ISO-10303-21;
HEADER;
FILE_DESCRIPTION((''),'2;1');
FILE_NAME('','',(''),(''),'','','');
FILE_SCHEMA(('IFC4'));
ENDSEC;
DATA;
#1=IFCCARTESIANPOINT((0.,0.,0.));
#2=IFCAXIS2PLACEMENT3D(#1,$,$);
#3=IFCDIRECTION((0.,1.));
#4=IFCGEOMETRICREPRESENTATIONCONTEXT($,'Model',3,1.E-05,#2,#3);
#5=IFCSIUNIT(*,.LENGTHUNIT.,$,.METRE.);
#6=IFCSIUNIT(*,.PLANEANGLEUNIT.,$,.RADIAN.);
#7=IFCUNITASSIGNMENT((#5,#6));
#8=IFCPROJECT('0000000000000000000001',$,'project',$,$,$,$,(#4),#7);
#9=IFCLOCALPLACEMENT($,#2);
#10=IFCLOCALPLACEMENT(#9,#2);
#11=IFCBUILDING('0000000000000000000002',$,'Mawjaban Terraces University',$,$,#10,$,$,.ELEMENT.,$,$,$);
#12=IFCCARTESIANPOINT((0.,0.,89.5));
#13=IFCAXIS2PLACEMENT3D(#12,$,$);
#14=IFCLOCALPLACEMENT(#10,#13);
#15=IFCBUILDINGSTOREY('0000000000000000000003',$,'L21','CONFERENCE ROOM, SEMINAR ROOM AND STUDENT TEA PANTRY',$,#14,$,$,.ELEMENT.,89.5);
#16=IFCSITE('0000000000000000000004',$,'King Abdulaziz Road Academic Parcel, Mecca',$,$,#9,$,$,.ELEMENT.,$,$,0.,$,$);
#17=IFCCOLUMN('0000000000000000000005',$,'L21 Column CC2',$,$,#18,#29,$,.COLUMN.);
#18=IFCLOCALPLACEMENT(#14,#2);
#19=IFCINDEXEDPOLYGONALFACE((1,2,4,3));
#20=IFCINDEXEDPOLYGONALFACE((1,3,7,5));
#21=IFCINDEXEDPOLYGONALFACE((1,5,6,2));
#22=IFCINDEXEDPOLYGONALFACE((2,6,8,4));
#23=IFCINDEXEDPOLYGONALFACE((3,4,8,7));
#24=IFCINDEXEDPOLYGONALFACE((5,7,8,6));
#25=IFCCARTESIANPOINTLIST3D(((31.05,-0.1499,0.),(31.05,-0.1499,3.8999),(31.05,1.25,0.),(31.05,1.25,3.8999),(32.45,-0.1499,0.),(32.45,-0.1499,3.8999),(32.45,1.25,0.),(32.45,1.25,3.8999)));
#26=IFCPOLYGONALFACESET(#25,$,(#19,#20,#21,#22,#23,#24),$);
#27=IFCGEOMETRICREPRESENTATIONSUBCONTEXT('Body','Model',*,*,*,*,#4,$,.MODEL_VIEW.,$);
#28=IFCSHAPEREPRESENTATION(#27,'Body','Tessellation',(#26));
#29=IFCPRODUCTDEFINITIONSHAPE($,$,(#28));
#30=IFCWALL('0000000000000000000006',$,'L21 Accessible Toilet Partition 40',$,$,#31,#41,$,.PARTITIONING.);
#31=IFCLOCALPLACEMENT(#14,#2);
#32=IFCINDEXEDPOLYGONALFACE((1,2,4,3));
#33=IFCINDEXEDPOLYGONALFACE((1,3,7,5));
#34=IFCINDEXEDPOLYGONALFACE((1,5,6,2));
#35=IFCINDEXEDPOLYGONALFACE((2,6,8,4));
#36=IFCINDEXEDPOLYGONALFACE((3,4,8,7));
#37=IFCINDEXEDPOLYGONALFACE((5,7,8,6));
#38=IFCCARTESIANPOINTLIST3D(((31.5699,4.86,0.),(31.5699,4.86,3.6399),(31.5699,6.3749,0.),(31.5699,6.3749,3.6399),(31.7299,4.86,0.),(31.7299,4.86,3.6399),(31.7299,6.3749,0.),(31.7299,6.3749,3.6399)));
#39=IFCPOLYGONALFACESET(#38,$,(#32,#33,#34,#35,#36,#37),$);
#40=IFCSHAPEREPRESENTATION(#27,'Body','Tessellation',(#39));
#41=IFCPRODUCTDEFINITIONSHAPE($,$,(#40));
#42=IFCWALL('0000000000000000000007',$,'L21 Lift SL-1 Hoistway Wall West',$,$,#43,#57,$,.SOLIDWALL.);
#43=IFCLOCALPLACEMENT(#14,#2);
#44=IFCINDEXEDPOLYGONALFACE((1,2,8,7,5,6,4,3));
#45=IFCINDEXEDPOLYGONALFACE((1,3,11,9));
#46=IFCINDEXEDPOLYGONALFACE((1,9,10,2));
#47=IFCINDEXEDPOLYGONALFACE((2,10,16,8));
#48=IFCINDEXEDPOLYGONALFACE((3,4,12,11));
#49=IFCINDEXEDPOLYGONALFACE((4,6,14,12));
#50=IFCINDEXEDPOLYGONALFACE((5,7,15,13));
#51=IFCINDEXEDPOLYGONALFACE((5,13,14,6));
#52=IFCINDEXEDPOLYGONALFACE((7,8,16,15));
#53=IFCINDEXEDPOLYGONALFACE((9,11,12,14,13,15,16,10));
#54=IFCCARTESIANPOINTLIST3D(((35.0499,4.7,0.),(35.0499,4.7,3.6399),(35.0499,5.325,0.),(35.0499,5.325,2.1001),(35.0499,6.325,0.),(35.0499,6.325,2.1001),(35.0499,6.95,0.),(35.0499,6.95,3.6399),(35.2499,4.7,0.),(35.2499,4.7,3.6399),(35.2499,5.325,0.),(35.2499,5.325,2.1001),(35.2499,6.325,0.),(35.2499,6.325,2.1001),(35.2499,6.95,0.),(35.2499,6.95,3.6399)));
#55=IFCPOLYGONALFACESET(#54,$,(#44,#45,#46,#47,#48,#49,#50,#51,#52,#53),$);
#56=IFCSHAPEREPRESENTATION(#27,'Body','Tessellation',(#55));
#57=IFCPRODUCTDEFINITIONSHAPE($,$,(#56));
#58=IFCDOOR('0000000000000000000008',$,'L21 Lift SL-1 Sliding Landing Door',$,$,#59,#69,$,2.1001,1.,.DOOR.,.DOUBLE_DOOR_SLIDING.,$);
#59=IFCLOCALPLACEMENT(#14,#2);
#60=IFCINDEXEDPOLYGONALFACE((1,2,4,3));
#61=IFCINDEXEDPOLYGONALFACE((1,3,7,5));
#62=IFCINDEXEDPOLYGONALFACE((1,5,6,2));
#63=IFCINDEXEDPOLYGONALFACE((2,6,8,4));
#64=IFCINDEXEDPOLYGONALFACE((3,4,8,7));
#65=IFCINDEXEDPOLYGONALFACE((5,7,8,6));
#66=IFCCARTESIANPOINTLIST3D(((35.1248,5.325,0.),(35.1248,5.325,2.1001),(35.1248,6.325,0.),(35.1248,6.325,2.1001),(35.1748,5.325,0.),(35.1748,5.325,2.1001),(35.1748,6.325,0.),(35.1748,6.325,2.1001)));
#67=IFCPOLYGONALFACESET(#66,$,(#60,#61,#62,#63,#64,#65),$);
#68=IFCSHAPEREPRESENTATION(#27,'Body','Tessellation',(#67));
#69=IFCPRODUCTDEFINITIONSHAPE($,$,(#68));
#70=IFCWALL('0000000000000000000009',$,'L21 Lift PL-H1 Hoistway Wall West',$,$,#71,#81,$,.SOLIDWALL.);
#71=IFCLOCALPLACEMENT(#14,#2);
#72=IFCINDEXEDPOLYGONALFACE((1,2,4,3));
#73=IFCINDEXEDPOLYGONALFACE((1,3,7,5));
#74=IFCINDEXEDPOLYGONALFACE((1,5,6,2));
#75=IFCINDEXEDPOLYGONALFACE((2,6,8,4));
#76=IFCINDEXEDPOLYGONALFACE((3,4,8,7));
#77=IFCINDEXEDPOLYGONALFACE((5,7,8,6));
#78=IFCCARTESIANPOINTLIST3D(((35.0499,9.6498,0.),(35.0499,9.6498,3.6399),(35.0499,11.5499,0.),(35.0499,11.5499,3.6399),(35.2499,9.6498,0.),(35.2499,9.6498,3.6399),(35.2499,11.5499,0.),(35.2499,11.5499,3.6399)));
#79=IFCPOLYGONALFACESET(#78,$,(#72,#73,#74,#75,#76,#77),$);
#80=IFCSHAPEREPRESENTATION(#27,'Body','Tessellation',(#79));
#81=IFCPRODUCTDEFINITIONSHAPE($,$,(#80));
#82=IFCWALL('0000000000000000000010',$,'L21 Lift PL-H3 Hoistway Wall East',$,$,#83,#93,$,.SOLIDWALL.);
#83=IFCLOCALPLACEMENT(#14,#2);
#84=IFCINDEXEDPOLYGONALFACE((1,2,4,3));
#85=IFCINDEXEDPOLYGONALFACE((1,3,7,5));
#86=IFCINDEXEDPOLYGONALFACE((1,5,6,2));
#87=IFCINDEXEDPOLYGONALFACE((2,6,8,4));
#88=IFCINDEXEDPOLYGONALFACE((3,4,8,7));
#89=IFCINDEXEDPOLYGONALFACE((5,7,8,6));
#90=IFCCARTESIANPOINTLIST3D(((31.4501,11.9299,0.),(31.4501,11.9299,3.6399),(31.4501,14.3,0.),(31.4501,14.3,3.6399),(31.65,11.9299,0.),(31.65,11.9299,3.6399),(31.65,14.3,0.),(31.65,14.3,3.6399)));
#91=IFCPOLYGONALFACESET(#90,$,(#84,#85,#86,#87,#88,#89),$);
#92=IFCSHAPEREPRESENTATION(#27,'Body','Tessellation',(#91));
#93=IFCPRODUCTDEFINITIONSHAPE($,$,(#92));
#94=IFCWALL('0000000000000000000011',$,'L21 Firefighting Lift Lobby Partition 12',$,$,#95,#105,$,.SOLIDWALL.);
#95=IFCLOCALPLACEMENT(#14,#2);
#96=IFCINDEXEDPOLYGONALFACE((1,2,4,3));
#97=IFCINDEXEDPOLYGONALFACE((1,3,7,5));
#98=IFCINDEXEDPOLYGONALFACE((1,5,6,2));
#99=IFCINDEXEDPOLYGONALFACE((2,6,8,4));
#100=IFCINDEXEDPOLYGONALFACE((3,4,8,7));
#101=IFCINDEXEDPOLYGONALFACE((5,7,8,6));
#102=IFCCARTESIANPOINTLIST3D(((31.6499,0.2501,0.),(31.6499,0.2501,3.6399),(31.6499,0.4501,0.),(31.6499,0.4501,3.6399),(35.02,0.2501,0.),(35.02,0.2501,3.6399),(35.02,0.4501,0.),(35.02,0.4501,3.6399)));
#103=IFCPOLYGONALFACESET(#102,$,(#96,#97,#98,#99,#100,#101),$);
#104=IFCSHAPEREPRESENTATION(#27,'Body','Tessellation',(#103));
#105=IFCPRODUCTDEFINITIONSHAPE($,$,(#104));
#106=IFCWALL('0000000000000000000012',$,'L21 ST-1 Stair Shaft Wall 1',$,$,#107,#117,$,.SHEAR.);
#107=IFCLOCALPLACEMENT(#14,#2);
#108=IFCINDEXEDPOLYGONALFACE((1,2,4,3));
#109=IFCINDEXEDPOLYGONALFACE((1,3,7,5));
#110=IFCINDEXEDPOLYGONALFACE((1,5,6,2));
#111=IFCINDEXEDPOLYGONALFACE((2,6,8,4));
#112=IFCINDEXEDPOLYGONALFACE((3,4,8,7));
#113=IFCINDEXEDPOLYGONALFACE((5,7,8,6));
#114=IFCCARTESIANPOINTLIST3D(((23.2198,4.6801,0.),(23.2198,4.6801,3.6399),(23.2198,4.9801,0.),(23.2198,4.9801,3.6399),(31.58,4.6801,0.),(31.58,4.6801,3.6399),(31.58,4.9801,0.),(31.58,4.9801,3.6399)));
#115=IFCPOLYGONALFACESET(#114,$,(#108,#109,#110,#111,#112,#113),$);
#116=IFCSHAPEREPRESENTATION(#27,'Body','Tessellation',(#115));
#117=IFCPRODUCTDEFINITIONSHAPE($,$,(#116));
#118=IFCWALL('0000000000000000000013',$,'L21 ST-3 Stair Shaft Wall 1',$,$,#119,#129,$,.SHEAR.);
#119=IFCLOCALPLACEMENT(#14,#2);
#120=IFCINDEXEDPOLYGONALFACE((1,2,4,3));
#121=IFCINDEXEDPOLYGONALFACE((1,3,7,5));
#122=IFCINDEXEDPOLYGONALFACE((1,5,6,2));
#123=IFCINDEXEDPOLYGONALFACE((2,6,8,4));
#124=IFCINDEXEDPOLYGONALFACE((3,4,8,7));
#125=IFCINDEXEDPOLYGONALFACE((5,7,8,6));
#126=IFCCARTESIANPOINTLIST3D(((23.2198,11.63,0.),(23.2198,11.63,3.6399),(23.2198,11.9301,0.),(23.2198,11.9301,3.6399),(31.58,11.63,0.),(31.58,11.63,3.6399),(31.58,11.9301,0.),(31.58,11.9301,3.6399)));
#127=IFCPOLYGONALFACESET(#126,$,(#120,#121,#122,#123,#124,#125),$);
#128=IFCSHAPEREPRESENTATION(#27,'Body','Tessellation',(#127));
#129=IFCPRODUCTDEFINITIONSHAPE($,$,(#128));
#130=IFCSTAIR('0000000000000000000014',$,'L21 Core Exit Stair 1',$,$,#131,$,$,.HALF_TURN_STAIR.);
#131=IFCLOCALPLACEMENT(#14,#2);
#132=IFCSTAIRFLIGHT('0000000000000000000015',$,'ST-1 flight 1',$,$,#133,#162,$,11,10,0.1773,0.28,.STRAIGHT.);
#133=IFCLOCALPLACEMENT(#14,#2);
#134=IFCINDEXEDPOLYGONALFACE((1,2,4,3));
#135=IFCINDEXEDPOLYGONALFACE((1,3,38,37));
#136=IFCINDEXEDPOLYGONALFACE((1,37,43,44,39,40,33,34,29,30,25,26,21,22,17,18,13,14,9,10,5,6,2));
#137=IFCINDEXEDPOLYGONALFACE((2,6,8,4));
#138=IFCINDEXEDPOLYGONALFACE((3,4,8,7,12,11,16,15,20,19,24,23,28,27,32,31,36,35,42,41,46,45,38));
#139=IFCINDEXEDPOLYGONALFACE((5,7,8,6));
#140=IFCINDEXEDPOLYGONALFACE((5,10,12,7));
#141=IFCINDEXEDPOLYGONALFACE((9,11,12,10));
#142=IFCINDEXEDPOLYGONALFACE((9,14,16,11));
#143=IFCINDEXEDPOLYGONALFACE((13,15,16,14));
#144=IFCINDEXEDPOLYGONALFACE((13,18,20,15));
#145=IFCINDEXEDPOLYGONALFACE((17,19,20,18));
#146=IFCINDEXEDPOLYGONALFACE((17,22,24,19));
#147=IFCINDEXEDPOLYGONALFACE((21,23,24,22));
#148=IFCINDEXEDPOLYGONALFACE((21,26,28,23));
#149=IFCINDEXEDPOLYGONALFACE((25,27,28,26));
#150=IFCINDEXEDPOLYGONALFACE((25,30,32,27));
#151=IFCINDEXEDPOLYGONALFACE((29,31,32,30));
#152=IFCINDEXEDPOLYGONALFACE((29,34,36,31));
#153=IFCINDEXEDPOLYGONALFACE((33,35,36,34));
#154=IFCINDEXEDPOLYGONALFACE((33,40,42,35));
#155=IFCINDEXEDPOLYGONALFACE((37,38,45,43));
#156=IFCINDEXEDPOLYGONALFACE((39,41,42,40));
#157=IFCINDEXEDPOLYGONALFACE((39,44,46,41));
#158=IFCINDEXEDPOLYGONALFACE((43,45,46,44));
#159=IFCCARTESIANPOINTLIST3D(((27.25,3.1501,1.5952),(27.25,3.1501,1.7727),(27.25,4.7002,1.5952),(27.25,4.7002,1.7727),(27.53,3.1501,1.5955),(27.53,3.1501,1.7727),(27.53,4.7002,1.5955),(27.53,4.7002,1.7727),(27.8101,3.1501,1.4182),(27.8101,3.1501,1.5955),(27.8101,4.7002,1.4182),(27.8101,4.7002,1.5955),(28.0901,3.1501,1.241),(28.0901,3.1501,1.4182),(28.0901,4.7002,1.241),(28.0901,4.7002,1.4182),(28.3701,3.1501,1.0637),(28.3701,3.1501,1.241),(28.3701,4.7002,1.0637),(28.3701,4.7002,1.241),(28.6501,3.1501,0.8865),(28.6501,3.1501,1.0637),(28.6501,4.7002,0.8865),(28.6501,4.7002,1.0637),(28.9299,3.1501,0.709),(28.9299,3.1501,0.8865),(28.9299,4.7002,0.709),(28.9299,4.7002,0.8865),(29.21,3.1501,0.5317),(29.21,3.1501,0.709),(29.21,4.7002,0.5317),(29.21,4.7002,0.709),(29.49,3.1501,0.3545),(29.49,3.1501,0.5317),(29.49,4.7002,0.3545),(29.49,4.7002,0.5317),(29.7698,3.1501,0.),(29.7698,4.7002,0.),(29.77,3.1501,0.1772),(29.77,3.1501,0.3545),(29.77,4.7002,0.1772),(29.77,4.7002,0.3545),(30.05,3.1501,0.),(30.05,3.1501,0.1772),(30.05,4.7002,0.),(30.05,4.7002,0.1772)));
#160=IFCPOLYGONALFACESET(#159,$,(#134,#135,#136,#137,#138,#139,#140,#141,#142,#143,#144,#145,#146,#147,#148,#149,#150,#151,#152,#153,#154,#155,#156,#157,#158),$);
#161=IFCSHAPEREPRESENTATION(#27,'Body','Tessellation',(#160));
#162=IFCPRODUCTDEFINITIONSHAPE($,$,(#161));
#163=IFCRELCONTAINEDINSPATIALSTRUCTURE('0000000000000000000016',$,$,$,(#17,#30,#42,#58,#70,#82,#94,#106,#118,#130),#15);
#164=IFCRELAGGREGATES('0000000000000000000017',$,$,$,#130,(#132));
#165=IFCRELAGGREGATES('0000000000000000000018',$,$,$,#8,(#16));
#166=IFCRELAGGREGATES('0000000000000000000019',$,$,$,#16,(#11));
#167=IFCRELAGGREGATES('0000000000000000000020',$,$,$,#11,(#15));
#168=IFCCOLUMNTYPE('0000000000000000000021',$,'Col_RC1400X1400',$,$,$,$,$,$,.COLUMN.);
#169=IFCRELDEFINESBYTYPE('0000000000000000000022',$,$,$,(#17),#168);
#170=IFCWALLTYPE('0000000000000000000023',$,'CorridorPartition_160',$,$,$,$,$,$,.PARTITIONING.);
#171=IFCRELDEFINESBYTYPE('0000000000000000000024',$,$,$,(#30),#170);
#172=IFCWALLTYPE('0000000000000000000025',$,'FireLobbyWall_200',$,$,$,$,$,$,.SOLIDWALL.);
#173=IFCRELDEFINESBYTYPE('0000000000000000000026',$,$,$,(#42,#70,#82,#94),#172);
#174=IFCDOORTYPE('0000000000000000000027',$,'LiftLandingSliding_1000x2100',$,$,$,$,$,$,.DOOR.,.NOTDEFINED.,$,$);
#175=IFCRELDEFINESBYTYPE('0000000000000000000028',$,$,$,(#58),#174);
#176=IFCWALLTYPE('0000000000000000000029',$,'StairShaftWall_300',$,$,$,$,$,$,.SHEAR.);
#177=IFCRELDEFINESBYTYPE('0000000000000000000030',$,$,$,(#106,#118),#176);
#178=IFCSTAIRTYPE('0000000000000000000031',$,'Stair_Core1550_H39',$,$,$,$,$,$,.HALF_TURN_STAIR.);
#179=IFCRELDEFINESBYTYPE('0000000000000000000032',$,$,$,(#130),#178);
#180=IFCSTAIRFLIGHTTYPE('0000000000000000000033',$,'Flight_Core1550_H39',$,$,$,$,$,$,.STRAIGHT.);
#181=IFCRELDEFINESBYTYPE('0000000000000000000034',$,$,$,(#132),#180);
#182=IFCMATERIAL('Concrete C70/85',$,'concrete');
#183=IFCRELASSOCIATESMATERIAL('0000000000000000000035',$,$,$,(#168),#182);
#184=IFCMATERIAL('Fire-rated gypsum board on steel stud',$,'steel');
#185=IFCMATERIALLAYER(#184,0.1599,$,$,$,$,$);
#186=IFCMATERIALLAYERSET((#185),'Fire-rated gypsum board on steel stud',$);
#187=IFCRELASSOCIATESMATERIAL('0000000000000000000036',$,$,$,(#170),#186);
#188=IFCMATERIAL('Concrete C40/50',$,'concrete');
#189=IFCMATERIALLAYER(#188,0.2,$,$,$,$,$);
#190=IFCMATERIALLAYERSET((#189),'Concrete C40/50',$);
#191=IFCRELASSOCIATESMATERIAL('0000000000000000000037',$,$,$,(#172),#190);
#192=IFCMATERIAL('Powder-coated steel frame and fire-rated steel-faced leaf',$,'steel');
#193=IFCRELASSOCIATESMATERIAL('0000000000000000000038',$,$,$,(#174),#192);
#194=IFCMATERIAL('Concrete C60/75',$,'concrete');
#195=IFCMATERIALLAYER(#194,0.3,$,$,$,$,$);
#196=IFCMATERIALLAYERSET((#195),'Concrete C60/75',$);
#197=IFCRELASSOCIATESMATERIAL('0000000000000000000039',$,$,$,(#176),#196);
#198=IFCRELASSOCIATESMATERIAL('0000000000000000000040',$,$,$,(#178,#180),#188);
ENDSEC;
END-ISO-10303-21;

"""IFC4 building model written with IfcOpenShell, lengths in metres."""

from ifc_helpers import new_model, si_unit, direction, frame, frame_2d, origin, origin_2d, place, context, subcontext, project, spatial, polyline, rectangle, outline, extrude, material, layer, layer_set, material_profile, profile_set, type_object, element, fill, aggregate, save


model = new_model("IFC4")

# Units and contexts
model_context = context("Model", 3, precision=1e-05, world=origin(), true_north=direction((0.0, 1.0)))
body_context = subcontext(model_context, "Body", "Model", "MODEL_VIEW")
ifc_project = project(units=[si_unit("LENGTHUNIT", "METRE"), si_unit("PLANEANGLEUNIT", "RADIAN")], contexts=[model_context])

# Site, building, storey
site_placement = place(None, origin())
site = spatial("IfcSite", under=ifc_project, at=site_placement, Name="King Abdulaziz Road Academic Parcel, Mecca", CompositionType="ELEMENT", RefElevation=0.0)
building_placement = place(site_placement, origin())
building = spatial("IfcBuilding", under=site, at=building_placement, Name="Mawjaban Terraces University", CompositionType="ELEMENT")
storey_placement = place(building_placement, frame((0.0, 0.0, 89.5)))
storey = spatial("IfcBuildingStorey", under=building, at=storey_placement, Name="L21", Description="CONFERENCE ROOM, SEMINAR ROOM AND STUDENT TEA PANTRY", CompositionType="ELEMENT", Elevation=89.5)

# Column
ifc_material_1 = material(Name="Concrete C70/85", Category="concrete")
ifc_material_profile = material_profile(ifc_material_1, rectangle(XDim=1.3999, YDim=1.3999, at=origin_2d()), Name="RC1400X1400")
ifc_profile_set = profile_set([ifc_material_profile], Name="Concrete C70/85")
column_type = type_object("IfcColumnType", Name="Col_RC1400X1400", PredefinedType="COLUMN", material=ifc_profile_set)
column_placement = place(storey_placement, frame((31.75, 0.55, 0.0), z_axis=(0.0, 0.0, 1.0), x_axis=(1.0, 0.0, 0.0)))
element("IfcColumn", 1, at=column_placement, inside=storey, type_object=column_type, Name="L21 Column CC2", PredefinedType="COLUMN", context=body_context, shape_type="SweptSolid", body=[
    extrude(rectangle(XDim=1.3999, YDim=1.3999, at=origin_2d()), origin(), (0.0, 0.0, 1.0), 3.8999),
])

# Wall
ifc_material_2 = material(Name="Fire-rated gypsum board on steel stud", Category="steel")
ifc_layer_1 = layer(ifc_material_2, 0.1599)
ifc_layer_set_1 = layer_set([ifc_layer_1], Name="Fire-rated gypsum board on steel stud")
wall_type_1 = type_object("IfcWallType", Name="CorridorPartition_160", PredefinedType="PARTITIONING", material=ifc_layer_set_1)
wall_1_placement = place(storey_placement, frame((31.6499, 4.8601, 0.0), z_axis=(0.0, 0.0, 1.0), x_axis=(0.0, 1.0, 0.0)))
element("IfcWall", 2, at=wall_1_placement, inside=storey, type_object=wall_type_1, Name="L21 Accessible Toilet Partition 40", PredefinedType="PARTITIONING", context=body_context, shape_type="SweptSolid", body=[
    extrude(rectangle(XDim=1.5149, YDim=0.1599, at=frame_2d((0.7573, 0.0))), origin(), (0.0, 0.0, 1.0), 3.6399),
])

# Wall, opening, door
ifc_material_3 = material(Name="Concrete C40/50", Category="concrete")
ifc_layer_2 = layer(ifc_material_3, 0.2)
ifc_layer_set_2 = layer_set([ifc_layer_2], Name="Concrete C40/50")
wall_type_2 = type_object("IfcWallType", Name="FireLobbyWall_200", PredefinedType="SOLIDWALL", material=ifc_layer_set_2)
ifc_material_4 = material(Name="Powder-coated steel frame and fire-rated steel-faced leaf", Category="steel")
wall_2_placement = place(storey_placement, frame((35.1499, 6.95, 0.0), z_axis=(0.0, 0.0, 1.0), x_axis=(0.0, -1.0, 0.0)))
wall_2 = element("IfcWall", 3, at=wall_2_placement, inside=storey, type_object=wall_type_2, Name="L21 Lift SL-1 Hoistway Wall West", PredefinedType="SOLIDWALL", context=body_context, shape_type="SweptSolid", body=[
    extrude(rectangle(XDim=2.25, YDim=0.2, at=frame_2d((1.125, 0.0))), origin(), (0.0, 0.0, 1.0), 3.6399),
])
opening_1_placement = place(wall_2_placement, frame((0.625, 0.0, 0.0)))
opening_1 = element("IfcOpeningElement", 4, at=opening_1_placement, cuts=wall_2, PredefinedType="OPENING", context=body_context, shape_type="SweptSolid", body=[
    extrude(rectangle(XDim=1.0, YDim=2.1001, at=frame_2d((0.5, 1.05))), frame((0.0, 0.1099, 0.0), z_axis=(0.0, -1.0, 0.0), x_axis=(1.0, 0.0, 0.0)), (0.0, 0.0, 1.0), 0.22),
])
door_type_1 = type_object("IfcDoorType", Name="LiftLandingSliding_1000x2100", OperationType="NOTDEFINED", PredefinedType="DOOR", material=ifc_material_4)
door_1_placement = place(opening_1_placement, origin())
door_1 = element("IfcDoor", 5, at=door_1_placement, inside=storey, type_object=door_type_1, Name="L21 Lift SL-1 Sliding Landing Door", OperationType="DOUBLE_DOOR_SLIDING", OverallHeight=2.1001, OverallWidth=1.0, PredefinedType="DOOR", context=body_context, shape_type="SweptSolid", body=[
    extrude(rectangle(XDim=1.0, YDim=2.1001, at=frame_2d((0.5, 1.05))), frame((0.0, 0.0249, 0.0), z_axis=(0.0, -1.0, 0.0), x_axis=(1.0, 0.0, 0.0)), (0.0, 0.0, 1.0), 0.05),
])
fill(opening_1, door_1)

# Walls
wall_3_placement = place(storey_placement, frame((35.1499, 11.55, 0.0), z_axis=(0.0, 0.0, 1.0), x_axis=(0.0, -1.0, 0.0)))
element("IfcWall", 6, at=wall_3_placement, inside=storey, type_object=wall_type_2, Name="L21 Lift PL-H1 Hoistway Wall West", PredefinedType="SOLIDWALL", context=body_context, shape_type="SweptSolid", body=[
    extrude(rectangle(XDim=1.9001, YDim=0.2, at=frame_2d((0.9502, 0.0))), origin(), (0.0, 0.0, 1.0), 3.6399),
])
wall_4_placement = place(storey_placement, frame((31.55, 11.9299, 0.0), z_axis=(0.0, 0.0, 1.0), x_axis=(0.0, 1.0, 0.0)))
element("IfcWall", 7, at=wall_4_placement, inside=storey, type_object=wall_type_2, Name="L21 Lift PL-H3 Hoistway Wall East", PredefinedType="SOLIDWALL", context=body_context, shape_type="SweptSolid", body=[
    extrude(rectangle(XDim=2.3701, YDim=0.2, at=frame_2d((1.1851, 0.0))), origin(), (0.0, 0.0, 1.0), 3.6399),
])
wall_5_placement = place(storey_placement, frame((31.6499, 0.3501, 0.0), z_axis=(0.0, 0.0, 1.0), x_axis=(1.0, 0.0, 0.0)))
element("IfcWall", 8, at=wall_5_placement, inside=storey, type_object=wall_type_2, Name="L21 Firefighting Lift Lobby Partition 12", PredefinedType="SOLIDWALL", context=body_context, shape_type="SweptSolid", body=[
    extrude(rectangle(XDim=3.3701, YDim=0.2, at=frame_2d((1.6851, 0.0))), origin(), (0.0, 0.0, 1.0), 3.6399),
])

# Wall
ifc_material_5 = material(Name="Concrete C60/75", Category="concrete")
ifc_layer_3 = layer(ifc_material_5, 0.3)
ifc_layer_set_3 = layer_set([ifc_layer_3], Name="Concrete C60/75")
wall_type_3 = type_object("IfcWallType", Name="StairShaftWall_300", PredefinedType="SHEAR", material=ifc_layer_set_3)
wall_6_placement = place(storey_placement, frame((31.5801, 4.8301, 0.0), z_axis=(0.0, 0.0, 1.0), x_axis=(-1.0, 0.0, 0.0)))
element("IfcWall", 9, at=wall_6_placement, inside=storey, type_object=wall_type_3, Name="L21 ST-1 Stair Shaft Wall 1", PredefinedType="SHEAR", context=body_context, shape_type="SweptSolid", body=[
    extrude(rectangle(XDim=8.3601, YDim=0.3, at=frame_2d((4.1802, 0.0))), origin(), (0.0, 0.0, 1.0), 3.6399),
])

# Wall
wall_7_placement = place(storey_placement, frame((31.5801, 11.78, 0.0), z_axis=(0.0, 0.0, 1.0), x_axis=(-1.0, 0.0, 0.0)))
element("IfcWall", 10, at=wall_7_placement, inside=storey, type_object=wall_type_3, Name="L21 ST-3 Stair Shaft Wall 1", PredefinedType="SHEAR", context=body_context, shape_type="SweptSolid", body=[
    extrude(rectangle(XDim=8.3601, YDim=0.3, at=frame_2d((4.1802, 0.0))), origin(), (0.0, 0.0, 1.0), 3.6399),
])

# Stair, stair flight
stair_type = type_object("IfcStairType", Name="Stair_Core1550_H39", PredefinedType="HALF_TURN_STAIR", material=ifc_material_3)
stair_1_placement = place(storey_placement, origin())
stair_1 = element("IfcStair", 11, at=stair_1_placement, inside=storey, type_object=stair_type, Name="L21 Core Exit Stair 1", PredefinedType="HALF_TURN_STAIR")
stair_flight_type = type_object("IfcStairFlightType", Name="Flight_Core1550_H39", PredefinedType="STRAIGHT", material=ifc_material_3)
stair_flight_1_placement = place(storey_placement, frame((30.05, 3.925, 0.0), z_axis=(0.0, 0.0, 1.0), x_axis=(-1.0, 0.0, 0.0)))
stair_flight_1 = element("IfcStairFlight", 12, at=stair_flight_1_placement, type_object=stair_flight_type, Name="ST-1 flight 1", NumberOfRisers=11, NumberOfTreads=10, PredefinedType="STRAIGHT", RiserHeight=0.1773, TreadLength=0.28, context=body_context, shape_type="SweptSolid", body=[
    extrude(outline(polyline([(0.0, 0.0), (0.0, 0.1772), (0.28, 0.1772), (0.28, 0.3545), (0.5601, 0.3545), (0.5601, 0.5317), (0.8401, 0.5317), (0.8401, 0.709), (1.1201, 0.709), (1.1201, 0.8865), (1.3999, 0.8865), (1.3999, 1.0637), (1.6799, 1.0637), (1.6799, 1.241), (1.96, 1.241), (1.96, 1.4182), (2.24, 1.4182), (2.24, 1.5955), (2.52, 1.5955), (2.52, 1.7727), (2.8, 1.7727), (2.8, 1.95), (2.8, 1.5952), (0.2803, 0.0), (0.0, 0.0)])), frame((0.0, 0.7749, 0.0), z_axis=(0.0, -1.0, 0.0), x_axis=(1.0, 0.0, 0.0)), (0.0, 0.0, 1.0), 1.55),
])
aggregate(stair_1, [stair_flight_1])

save(model, "model.ifc")
